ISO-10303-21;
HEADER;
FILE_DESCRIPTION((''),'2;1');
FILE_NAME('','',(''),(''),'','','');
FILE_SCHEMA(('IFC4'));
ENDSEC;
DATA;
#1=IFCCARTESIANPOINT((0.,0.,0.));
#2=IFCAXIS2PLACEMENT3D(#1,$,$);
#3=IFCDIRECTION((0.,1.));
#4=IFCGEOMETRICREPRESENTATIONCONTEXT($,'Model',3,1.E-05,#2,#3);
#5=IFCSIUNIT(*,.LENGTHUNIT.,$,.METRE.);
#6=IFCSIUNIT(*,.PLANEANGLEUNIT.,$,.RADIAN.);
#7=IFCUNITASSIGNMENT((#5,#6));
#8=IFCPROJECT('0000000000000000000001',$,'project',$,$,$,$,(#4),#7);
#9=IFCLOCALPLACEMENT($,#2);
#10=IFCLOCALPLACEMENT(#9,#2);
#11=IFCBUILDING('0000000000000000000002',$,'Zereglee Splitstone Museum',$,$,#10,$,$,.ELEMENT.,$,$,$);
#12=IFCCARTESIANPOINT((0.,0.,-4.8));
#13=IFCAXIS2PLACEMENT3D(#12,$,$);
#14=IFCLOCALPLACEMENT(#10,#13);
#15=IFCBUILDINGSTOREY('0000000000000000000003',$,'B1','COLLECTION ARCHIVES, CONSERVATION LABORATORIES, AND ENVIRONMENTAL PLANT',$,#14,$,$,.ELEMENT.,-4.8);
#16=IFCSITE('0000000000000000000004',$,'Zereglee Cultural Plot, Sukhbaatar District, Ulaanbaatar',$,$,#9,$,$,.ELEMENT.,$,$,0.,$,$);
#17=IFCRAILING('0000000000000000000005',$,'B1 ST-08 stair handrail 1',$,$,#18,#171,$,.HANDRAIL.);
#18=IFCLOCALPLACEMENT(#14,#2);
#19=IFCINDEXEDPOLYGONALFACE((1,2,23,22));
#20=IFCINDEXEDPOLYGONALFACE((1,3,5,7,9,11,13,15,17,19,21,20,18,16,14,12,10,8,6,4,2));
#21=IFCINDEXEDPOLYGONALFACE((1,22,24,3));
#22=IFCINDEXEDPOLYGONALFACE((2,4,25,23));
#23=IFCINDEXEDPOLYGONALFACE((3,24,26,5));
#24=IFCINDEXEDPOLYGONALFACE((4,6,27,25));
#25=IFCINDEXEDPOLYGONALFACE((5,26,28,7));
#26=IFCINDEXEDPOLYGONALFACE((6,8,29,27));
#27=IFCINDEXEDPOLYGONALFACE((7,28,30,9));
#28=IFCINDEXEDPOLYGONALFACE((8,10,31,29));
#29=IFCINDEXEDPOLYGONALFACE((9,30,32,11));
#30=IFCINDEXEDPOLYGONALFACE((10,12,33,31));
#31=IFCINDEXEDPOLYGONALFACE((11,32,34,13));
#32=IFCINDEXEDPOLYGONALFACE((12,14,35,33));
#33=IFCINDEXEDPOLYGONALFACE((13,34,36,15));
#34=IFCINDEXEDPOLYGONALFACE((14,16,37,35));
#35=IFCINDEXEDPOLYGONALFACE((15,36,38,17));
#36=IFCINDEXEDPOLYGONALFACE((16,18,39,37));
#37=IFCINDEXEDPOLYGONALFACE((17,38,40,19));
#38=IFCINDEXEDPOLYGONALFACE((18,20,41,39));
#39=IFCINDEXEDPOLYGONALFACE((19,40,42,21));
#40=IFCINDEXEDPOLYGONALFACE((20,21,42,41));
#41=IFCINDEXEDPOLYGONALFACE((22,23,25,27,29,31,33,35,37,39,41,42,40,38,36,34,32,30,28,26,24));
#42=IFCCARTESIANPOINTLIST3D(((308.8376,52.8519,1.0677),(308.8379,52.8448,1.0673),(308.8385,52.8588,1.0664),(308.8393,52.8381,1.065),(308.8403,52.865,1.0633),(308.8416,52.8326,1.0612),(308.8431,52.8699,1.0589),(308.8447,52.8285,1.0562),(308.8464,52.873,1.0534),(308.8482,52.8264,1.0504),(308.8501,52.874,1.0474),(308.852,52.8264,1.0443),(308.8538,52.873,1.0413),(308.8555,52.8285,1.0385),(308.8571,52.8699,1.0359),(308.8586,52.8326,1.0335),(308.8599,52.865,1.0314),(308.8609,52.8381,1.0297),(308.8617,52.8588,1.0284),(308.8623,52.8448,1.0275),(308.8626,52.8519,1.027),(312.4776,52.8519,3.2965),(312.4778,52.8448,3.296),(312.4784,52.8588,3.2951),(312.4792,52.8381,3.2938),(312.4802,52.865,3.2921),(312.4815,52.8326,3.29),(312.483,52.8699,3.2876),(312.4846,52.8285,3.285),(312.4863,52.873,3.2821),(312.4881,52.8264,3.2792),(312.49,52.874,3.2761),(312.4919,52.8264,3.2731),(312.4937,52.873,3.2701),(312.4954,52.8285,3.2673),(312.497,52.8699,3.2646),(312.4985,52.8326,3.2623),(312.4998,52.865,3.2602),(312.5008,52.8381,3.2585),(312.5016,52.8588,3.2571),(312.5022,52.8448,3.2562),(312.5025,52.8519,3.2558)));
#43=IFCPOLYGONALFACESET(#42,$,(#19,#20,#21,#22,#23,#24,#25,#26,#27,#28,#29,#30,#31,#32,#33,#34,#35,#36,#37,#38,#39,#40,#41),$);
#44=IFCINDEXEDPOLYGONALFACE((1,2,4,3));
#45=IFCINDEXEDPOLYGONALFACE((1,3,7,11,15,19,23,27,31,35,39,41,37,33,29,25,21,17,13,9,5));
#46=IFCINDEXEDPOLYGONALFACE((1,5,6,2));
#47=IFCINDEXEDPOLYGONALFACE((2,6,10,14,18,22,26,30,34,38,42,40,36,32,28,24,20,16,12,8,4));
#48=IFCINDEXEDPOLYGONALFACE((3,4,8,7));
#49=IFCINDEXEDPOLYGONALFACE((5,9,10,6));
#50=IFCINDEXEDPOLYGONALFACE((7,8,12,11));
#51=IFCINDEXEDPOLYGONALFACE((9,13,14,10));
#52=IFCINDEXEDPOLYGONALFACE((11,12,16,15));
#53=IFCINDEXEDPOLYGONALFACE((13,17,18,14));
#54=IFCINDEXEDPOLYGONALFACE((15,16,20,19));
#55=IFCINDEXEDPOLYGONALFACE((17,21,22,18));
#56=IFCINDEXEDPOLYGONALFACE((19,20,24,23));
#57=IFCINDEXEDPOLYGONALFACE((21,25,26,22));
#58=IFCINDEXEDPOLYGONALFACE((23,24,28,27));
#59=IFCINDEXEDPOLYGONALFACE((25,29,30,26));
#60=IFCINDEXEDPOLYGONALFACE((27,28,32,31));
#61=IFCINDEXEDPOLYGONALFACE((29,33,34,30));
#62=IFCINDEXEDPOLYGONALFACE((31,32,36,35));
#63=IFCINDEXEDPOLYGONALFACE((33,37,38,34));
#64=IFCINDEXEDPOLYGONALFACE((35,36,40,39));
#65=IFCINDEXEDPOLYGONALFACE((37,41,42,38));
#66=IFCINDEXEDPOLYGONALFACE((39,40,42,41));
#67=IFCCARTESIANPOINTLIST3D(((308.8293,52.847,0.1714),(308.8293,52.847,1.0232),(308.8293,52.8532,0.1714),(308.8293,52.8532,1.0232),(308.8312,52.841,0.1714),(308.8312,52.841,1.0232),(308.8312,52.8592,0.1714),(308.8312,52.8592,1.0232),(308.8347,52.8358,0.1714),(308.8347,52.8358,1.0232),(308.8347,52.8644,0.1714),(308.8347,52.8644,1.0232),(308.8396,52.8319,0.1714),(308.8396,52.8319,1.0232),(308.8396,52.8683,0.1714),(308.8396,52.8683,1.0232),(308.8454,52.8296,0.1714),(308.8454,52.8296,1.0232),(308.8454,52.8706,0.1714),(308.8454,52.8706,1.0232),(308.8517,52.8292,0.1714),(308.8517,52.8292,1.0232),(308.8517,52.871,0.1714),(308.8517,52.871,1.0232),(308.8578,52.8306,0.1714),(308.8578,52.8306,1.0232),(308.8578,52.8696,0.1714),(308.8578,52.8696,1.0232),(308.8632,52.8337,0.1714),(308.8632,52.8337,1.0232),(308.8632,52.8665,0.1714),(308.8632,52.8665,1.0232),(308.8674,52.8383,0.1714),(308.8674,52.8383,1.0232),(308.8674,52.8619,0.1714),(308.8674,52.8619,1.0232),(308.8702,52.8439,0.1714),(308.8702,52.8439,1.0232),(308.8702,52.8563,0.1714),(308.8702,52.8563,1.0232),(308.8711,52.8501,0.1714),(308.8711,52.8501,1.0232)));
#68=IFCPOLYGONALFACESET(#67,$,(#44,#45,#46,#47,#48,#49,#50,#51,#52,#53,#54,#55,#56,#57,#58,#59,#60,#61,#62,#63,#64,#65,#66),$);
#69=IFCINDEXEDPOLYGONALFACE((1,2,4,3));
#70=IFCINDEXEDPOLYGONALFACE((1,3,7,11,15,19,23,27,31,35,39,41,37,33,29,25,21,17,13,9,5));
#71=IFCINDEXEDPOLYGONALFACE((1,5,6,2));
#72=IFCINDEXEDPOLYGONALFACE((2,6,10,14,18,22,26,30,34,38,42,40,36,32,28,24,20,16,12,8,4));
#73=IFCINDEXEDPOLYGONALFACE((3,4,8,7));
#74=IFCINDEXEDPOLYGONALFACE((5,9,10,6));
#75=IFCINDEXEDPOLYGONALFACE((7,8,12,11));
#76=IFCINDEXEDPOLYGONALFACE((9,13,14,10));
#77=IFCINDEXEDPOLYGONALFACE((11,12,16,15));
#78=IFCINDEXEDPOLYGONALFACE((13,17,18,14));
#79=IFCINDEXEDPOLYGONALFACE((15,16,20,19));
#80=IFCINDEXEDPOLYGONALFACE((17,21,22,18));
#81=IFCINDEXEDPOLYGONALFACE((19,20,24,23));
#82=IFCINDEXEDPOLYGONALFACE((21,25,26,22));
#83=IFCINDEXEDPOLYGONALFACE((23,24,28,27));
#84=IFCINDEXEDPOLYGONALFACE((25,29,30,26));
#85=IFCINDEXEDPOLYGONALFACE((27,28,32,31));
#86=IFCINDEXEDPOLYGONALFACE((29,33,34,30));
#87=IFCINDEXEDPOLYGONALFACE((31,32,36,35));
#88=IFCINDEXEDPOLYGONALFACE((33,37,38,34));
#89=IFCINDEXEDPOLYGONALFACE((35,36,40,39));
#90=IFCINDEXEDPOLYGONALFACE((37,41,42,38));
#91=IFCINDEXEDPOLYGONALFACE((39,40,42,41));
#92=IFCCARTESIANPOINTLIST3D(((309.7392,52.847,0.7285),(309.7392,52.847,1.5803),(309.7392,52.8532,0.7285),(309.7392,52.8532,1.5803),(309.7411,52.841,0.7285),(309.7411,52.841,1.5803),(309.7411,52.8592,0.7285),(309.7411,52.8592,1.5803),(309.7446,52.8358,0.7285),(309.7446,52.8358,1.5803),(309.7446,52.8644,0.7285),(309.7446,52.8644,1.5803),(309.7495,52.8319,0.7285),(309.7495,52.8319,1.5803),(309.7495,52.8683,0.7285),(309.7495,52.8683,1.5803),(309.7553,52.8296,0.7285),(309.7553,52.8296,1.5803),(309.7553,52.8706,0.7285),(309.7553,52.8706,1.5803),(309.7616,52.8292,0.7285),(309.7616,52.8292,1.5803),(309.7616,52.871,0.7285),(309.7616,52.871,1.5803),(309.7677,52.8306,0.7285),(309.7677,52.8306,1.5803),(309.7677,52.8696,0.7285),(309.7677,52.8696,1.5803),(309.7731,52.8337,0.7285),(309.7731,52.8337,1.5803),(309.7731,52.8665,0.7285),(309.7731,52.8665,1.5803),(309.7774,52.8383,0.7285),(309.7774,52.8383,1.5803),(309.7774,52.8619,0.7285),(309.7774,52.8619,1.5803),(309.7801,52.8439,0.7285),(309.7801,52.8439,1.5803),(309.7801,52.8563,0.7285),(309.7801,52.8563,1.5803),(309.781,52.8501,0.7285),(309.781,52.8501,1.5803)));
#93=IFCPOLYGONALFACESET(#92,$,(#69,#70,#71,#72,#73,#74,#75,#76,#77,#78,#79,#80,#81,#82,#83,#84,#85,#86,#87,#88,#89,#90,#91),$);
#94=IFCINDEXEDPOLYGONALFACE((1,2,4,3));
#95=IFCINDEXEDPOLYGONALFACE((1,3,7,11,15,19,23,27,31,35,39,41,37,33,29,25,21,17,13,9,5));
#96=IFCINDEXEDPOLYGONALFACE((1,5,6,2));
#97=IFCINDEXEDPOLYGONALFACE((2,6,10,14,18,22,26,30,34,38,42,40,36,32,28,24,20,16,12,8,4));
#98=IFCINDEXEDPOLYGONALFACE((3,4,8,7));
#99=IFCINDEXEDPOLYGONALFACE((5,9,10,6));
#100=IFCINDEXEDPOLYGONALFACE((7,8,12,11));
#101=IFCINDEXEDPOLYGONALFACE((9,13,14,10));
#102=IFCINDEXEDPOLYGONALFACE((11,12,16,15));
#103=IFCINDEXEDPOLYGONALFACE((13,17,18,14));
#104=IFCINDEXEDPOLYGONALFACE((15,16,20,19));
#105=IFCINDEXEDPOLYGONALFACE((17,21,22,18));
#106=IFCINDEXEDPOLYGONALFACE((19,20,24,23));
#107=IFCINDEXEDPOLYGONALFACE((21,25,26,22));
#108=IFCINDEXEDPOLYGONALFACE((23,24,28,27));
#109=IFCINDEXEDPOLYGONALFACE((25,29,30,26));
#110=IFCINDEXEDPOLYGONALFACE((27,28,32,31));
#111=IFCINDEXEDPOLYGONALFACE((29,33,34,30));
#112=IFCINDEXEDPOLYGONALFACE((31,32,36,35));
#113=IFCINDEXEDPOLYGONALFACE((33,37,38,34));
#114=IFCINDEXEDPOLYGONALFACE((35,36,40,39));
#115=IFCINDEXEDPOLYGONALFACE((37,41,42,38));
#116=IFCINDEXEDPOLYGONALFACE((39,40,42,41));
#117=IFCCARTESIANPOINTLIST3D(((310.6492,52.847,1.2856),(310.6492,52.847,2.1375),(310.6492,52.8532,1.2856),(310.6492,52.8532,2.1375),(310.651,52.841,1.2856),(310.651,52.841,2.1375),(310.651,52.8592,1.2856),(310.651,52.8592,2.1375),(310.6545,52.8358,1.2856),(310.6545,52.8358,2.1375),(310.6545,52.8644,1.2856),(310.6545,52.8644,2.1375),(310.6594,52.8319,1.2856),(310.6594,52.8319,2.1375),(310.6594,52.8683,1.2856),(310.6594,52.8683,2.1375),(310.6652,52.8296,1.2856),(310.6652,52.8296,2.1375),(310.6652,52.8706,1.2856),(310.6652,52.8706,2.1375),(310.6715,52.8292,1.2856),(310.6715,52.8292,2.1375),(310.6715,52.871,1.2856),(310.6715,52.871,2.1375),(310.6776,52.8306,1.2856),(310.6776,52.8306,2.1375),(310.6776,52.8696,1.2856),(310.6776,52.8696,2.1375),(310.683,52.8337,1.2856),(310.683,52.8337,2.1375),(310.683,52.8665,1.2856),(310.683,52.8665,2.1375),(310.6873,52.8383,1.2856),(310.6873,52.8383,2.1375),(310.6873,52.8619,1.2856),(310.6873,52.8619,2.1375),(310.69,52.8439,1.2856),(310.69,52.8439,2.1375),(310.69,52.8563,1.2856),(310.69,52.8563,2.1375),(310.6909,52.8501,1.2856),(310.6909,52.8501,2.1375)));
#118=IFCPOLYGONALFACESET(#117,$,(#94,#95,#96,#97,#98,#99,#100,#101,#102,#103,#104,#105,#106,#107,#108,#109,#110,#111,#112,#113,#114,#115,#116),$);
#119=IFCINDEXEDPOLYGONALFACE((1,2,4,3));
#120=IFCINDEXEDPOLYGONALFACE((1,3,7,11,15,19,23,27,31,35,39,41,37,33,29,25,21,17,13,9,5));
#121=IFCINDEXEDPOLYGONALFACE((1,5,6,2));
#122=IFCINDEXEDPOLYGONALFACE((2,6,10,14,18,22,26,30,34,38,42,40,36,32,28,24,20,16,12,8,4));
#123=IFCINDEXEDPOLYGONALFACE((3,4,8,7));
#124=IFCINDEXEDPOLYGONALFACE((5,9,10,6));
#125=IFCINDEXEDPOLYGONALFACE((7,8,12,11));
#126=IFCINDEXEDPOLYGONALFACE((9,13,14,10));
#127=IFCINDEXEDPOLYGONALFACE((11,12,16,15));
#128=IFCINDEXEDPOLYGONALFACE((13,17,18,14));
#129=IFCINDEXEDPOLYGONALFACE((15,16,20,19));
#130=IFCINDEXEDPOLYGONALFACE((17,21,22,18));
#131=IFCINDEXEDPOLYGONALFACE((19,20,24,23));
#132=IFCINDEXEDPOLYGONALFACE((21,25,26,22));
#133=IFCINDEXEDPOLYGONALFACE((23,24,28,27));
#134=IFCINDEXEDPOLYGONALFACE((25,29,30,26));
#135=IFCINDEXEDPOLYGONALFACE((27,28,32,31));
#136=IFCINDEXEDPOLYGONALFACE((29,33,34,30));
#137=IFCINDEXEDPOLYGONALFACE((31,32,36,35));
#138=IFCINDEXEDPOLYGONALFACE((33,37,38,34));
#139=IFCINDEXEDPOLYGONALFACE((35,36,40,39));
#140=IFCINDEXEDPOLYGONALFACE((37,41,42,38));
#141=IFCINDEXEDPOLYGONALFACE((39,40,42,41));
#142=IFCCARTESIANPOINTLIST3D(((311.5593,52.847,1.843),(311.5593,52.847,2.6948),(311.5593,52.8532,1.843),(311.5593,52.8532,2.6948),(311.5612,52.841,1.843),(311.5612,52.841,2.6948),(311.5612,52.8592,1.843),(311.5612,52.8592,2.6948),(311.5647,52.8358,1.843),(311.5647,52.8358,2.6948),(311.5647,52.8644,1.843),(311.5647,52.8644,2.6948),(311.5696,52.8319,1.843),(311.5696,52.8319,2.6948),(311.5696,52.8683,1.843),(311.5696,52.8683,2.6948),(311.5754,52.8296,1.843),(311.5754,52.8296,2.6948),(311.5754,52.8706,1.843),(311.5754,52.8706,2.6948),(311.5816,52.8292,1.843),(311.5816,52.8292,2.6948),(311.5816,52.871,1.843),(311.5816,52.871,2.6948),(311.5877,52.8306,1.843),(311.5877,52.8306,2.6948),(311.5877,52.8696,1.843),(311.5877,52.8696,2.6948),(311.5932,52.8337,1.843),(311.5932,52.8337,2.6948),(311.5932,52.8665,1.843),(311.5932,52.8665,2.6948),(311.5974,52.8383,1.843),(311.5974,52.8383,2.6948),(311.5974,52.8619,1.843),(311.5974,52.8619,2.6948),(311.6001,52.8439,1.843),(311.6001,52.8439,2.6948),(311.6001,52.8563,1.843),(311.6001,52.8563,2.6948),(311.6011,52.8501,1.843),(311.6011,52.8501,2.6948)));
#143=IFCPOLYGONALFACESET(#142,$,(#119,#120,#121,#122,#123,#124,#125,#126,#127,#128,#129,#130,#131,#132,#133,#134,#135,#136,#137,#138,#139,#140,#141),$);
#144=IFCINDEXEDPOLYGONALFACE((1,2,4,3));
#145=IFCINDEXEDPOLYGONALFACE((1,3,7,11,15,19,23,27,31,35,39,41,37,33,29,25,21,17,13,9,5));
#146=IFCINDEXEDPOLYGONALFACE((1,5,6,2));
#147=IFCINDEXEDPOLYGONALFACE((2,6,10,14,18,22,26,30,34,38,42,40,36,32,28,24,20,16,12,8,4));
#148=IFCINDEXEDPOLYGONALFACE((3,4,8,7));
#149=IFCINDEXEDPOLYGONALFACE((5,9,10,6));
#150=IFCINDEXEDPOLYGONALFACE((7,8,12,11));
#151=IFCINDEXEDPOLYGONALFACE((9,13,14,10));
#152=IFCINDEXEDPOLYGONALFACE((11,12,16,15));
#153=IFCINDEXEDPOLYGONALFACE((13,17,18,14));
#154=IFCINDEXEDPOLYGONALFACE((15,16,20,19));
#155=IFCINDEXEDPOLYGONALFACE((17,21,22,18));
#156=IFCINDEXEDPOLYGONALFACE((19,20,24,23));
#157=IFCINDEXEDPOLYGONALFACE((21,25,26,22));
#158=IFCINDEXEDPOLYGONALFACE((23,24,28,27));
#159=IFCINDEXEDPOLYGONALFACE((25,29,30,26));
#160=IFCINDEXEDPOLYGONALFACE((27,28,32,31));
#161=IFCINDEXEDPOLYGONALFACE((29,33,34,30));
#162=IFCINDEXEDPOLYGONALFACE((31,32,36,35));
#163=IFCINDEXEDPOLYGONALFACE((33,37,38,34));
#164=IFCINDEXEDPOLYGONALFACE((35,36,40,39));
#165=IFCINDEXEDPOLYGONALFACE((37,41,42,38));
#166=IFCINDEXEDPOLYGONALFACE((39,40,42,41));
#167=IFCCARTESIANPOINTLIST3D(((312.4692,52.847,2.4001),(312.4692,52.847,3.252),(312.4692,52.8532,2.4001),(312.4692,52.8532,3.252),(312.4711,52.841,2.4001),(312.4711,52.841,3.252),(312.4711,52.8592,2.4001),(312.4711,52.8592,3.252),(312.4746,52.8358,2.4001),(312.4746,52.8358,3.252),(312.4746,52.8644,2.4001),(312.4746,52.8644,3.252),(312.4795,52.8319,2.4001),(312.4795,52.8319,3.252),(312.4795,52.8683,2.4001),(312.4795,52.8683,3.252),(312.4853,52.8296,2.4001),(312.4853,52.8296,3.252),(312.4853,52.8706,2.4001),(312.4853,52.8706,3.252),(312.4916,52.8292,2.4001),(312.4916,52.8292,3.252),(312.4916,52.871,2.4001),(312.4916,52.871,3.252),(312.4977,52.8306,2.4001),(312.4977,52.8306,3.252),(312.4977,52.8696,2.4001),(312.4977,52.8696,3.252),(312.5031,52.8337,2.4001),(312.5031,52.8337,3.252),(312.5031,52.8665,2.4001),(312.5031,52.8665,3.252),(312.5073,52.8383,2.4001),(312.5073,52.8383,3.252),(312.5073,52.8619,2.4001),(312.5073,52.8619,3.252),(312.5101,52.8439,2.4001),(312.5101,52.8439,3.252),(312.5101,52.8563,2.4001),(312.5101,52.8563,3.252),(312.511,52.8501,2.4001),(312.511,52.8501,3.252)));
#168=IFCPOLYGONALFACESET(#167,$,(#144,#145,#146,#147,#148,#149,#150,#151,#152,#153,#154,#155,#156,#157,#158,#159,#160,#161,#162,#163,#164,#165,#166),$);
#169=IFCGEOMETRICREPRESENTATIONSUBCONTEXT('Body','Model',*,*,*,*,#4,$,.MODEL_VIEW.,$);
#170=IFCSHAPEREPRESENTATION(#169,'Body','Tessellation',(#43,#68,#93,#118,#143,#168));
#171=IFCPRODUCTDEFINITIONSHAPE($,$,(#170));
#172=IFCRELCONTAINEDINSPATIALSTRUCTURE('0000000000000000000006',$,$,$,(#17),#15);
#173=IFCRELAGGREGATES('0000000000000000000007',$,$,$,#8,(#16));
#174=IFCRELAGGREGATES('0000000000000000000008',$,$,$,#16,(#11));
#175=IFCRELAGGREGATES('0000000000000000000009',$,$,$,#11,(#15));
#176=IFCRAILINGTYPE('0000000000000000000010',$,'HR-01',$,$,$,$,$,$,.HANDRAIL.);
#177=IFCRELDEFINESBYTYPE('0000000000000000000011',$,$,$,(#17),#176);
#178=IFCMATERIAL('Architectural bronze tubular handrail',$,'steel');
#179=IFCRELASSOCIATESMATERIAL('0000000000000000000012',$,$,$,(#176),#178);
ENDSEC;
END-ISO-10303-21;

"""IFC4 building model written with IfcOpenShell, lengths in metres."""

from ifc_helpers import new_model, si_unit, direction, frame, origin, origin_2d, place, context, subcontext, project, spatial, circle, extrude, material, type_object, element, save


model = new_model("IFC4")

# Units and contexts
model_context = context("Model", 3, precision=1e-05, world=origin(), true_north=direction((0.0, 1.0)))
body_context = subcontext(model_context, "Body", "Model", "MODEL_VIEW")
ifc_project = project(units=[si_unit("LENGTHUNIT", "METRE"), si_unit("PLANEANGLEUNIT", "RADIAN")], contexts=[model_context])

# Site, building, storey
site_placement = place(None, origin())
site = spatial("IfcSite", under=ifc_project, at=site_placement, Name="Zereglee Cultural Plot, Sukhbaatar District, Ulaanbaatar", CompositionType="ELEMENT", RefElevation=0.0)
building_placement = place(site_placement, origin())
building = spatial("IfcBuilding", under=site, at=building_placement, Name="Zereglee Splitstone Museum", CompositionType="ELEMENT")
storey_placement = place(building_placement, frame((0.0, 0.0, -4.8)))
storey = spatial("IfcBuildingStorey", under=building, at=storey_placement, Name="B1", Description="COLLECTION ARCHIVES, CONSERVATION LABORATORIES, AND ENVIRONMENTAL PLANT", CompositionType="ELEMENT", Elevation=-4.8)

# Railing
ifc_material_1 = material(Name="Architectural bronze tubular handrail", Category="steel")
railing_type_1 = type_object("IfcRailingType", Name="HR-01", PredefinedType="HANDRAIL", material=ifc_material_1)
railing_1_placement = place(storey_placement, frame((308.8501, 52.8501, 0.1714)))
element("IfcRailing", 1, at=railing_1_placement, inside=storey, type_object=railing_type_1, Name="B1 ST-08 stair handrail 1", PredefinedType="HANDRAIL", context=body_context, shape_type="SweptSolid", body=[
    extrude(circle(Radius=0.0239, at=origin_2d()), frame((0.0, 0.0, 0.876), z_axis=(0.852825, 0.0, 0.522197), x_axis=(0.0, 1.0, 0.0)), (0.0, 0.0, 1.0), 4.2681),
    extrude(circle(Radius=0.021, at=origin_2d()), origin(), (0.0, 0.0, 1.0), 0.8518),
    extrude(circle(Radius=0.021, at=origin_2d()), frame((0.9099, 0.0, 0.5571)), (0.0, 0.0, 1.0), 0.8518),
    extrude(circle(Radius=0.021, at=origin_2d()), frame((1.8198, 0.0, 1.1143)), (0.0, 0.0, 1.0), 0.8518),
    extrude(circle(Radius=0.021, at=origin_2d()), frame((2.73, 0.0, 1.6716)), (0.0, 0.0, 1.0), 0.8518),
    extrude(circle(Radius=0.021, at=origin_2d()), frame((3.6399, 0.0, 2.2288)), (0.0, 0.0, 1.0), 0.8518),
])

save(model, "model.ifc")
